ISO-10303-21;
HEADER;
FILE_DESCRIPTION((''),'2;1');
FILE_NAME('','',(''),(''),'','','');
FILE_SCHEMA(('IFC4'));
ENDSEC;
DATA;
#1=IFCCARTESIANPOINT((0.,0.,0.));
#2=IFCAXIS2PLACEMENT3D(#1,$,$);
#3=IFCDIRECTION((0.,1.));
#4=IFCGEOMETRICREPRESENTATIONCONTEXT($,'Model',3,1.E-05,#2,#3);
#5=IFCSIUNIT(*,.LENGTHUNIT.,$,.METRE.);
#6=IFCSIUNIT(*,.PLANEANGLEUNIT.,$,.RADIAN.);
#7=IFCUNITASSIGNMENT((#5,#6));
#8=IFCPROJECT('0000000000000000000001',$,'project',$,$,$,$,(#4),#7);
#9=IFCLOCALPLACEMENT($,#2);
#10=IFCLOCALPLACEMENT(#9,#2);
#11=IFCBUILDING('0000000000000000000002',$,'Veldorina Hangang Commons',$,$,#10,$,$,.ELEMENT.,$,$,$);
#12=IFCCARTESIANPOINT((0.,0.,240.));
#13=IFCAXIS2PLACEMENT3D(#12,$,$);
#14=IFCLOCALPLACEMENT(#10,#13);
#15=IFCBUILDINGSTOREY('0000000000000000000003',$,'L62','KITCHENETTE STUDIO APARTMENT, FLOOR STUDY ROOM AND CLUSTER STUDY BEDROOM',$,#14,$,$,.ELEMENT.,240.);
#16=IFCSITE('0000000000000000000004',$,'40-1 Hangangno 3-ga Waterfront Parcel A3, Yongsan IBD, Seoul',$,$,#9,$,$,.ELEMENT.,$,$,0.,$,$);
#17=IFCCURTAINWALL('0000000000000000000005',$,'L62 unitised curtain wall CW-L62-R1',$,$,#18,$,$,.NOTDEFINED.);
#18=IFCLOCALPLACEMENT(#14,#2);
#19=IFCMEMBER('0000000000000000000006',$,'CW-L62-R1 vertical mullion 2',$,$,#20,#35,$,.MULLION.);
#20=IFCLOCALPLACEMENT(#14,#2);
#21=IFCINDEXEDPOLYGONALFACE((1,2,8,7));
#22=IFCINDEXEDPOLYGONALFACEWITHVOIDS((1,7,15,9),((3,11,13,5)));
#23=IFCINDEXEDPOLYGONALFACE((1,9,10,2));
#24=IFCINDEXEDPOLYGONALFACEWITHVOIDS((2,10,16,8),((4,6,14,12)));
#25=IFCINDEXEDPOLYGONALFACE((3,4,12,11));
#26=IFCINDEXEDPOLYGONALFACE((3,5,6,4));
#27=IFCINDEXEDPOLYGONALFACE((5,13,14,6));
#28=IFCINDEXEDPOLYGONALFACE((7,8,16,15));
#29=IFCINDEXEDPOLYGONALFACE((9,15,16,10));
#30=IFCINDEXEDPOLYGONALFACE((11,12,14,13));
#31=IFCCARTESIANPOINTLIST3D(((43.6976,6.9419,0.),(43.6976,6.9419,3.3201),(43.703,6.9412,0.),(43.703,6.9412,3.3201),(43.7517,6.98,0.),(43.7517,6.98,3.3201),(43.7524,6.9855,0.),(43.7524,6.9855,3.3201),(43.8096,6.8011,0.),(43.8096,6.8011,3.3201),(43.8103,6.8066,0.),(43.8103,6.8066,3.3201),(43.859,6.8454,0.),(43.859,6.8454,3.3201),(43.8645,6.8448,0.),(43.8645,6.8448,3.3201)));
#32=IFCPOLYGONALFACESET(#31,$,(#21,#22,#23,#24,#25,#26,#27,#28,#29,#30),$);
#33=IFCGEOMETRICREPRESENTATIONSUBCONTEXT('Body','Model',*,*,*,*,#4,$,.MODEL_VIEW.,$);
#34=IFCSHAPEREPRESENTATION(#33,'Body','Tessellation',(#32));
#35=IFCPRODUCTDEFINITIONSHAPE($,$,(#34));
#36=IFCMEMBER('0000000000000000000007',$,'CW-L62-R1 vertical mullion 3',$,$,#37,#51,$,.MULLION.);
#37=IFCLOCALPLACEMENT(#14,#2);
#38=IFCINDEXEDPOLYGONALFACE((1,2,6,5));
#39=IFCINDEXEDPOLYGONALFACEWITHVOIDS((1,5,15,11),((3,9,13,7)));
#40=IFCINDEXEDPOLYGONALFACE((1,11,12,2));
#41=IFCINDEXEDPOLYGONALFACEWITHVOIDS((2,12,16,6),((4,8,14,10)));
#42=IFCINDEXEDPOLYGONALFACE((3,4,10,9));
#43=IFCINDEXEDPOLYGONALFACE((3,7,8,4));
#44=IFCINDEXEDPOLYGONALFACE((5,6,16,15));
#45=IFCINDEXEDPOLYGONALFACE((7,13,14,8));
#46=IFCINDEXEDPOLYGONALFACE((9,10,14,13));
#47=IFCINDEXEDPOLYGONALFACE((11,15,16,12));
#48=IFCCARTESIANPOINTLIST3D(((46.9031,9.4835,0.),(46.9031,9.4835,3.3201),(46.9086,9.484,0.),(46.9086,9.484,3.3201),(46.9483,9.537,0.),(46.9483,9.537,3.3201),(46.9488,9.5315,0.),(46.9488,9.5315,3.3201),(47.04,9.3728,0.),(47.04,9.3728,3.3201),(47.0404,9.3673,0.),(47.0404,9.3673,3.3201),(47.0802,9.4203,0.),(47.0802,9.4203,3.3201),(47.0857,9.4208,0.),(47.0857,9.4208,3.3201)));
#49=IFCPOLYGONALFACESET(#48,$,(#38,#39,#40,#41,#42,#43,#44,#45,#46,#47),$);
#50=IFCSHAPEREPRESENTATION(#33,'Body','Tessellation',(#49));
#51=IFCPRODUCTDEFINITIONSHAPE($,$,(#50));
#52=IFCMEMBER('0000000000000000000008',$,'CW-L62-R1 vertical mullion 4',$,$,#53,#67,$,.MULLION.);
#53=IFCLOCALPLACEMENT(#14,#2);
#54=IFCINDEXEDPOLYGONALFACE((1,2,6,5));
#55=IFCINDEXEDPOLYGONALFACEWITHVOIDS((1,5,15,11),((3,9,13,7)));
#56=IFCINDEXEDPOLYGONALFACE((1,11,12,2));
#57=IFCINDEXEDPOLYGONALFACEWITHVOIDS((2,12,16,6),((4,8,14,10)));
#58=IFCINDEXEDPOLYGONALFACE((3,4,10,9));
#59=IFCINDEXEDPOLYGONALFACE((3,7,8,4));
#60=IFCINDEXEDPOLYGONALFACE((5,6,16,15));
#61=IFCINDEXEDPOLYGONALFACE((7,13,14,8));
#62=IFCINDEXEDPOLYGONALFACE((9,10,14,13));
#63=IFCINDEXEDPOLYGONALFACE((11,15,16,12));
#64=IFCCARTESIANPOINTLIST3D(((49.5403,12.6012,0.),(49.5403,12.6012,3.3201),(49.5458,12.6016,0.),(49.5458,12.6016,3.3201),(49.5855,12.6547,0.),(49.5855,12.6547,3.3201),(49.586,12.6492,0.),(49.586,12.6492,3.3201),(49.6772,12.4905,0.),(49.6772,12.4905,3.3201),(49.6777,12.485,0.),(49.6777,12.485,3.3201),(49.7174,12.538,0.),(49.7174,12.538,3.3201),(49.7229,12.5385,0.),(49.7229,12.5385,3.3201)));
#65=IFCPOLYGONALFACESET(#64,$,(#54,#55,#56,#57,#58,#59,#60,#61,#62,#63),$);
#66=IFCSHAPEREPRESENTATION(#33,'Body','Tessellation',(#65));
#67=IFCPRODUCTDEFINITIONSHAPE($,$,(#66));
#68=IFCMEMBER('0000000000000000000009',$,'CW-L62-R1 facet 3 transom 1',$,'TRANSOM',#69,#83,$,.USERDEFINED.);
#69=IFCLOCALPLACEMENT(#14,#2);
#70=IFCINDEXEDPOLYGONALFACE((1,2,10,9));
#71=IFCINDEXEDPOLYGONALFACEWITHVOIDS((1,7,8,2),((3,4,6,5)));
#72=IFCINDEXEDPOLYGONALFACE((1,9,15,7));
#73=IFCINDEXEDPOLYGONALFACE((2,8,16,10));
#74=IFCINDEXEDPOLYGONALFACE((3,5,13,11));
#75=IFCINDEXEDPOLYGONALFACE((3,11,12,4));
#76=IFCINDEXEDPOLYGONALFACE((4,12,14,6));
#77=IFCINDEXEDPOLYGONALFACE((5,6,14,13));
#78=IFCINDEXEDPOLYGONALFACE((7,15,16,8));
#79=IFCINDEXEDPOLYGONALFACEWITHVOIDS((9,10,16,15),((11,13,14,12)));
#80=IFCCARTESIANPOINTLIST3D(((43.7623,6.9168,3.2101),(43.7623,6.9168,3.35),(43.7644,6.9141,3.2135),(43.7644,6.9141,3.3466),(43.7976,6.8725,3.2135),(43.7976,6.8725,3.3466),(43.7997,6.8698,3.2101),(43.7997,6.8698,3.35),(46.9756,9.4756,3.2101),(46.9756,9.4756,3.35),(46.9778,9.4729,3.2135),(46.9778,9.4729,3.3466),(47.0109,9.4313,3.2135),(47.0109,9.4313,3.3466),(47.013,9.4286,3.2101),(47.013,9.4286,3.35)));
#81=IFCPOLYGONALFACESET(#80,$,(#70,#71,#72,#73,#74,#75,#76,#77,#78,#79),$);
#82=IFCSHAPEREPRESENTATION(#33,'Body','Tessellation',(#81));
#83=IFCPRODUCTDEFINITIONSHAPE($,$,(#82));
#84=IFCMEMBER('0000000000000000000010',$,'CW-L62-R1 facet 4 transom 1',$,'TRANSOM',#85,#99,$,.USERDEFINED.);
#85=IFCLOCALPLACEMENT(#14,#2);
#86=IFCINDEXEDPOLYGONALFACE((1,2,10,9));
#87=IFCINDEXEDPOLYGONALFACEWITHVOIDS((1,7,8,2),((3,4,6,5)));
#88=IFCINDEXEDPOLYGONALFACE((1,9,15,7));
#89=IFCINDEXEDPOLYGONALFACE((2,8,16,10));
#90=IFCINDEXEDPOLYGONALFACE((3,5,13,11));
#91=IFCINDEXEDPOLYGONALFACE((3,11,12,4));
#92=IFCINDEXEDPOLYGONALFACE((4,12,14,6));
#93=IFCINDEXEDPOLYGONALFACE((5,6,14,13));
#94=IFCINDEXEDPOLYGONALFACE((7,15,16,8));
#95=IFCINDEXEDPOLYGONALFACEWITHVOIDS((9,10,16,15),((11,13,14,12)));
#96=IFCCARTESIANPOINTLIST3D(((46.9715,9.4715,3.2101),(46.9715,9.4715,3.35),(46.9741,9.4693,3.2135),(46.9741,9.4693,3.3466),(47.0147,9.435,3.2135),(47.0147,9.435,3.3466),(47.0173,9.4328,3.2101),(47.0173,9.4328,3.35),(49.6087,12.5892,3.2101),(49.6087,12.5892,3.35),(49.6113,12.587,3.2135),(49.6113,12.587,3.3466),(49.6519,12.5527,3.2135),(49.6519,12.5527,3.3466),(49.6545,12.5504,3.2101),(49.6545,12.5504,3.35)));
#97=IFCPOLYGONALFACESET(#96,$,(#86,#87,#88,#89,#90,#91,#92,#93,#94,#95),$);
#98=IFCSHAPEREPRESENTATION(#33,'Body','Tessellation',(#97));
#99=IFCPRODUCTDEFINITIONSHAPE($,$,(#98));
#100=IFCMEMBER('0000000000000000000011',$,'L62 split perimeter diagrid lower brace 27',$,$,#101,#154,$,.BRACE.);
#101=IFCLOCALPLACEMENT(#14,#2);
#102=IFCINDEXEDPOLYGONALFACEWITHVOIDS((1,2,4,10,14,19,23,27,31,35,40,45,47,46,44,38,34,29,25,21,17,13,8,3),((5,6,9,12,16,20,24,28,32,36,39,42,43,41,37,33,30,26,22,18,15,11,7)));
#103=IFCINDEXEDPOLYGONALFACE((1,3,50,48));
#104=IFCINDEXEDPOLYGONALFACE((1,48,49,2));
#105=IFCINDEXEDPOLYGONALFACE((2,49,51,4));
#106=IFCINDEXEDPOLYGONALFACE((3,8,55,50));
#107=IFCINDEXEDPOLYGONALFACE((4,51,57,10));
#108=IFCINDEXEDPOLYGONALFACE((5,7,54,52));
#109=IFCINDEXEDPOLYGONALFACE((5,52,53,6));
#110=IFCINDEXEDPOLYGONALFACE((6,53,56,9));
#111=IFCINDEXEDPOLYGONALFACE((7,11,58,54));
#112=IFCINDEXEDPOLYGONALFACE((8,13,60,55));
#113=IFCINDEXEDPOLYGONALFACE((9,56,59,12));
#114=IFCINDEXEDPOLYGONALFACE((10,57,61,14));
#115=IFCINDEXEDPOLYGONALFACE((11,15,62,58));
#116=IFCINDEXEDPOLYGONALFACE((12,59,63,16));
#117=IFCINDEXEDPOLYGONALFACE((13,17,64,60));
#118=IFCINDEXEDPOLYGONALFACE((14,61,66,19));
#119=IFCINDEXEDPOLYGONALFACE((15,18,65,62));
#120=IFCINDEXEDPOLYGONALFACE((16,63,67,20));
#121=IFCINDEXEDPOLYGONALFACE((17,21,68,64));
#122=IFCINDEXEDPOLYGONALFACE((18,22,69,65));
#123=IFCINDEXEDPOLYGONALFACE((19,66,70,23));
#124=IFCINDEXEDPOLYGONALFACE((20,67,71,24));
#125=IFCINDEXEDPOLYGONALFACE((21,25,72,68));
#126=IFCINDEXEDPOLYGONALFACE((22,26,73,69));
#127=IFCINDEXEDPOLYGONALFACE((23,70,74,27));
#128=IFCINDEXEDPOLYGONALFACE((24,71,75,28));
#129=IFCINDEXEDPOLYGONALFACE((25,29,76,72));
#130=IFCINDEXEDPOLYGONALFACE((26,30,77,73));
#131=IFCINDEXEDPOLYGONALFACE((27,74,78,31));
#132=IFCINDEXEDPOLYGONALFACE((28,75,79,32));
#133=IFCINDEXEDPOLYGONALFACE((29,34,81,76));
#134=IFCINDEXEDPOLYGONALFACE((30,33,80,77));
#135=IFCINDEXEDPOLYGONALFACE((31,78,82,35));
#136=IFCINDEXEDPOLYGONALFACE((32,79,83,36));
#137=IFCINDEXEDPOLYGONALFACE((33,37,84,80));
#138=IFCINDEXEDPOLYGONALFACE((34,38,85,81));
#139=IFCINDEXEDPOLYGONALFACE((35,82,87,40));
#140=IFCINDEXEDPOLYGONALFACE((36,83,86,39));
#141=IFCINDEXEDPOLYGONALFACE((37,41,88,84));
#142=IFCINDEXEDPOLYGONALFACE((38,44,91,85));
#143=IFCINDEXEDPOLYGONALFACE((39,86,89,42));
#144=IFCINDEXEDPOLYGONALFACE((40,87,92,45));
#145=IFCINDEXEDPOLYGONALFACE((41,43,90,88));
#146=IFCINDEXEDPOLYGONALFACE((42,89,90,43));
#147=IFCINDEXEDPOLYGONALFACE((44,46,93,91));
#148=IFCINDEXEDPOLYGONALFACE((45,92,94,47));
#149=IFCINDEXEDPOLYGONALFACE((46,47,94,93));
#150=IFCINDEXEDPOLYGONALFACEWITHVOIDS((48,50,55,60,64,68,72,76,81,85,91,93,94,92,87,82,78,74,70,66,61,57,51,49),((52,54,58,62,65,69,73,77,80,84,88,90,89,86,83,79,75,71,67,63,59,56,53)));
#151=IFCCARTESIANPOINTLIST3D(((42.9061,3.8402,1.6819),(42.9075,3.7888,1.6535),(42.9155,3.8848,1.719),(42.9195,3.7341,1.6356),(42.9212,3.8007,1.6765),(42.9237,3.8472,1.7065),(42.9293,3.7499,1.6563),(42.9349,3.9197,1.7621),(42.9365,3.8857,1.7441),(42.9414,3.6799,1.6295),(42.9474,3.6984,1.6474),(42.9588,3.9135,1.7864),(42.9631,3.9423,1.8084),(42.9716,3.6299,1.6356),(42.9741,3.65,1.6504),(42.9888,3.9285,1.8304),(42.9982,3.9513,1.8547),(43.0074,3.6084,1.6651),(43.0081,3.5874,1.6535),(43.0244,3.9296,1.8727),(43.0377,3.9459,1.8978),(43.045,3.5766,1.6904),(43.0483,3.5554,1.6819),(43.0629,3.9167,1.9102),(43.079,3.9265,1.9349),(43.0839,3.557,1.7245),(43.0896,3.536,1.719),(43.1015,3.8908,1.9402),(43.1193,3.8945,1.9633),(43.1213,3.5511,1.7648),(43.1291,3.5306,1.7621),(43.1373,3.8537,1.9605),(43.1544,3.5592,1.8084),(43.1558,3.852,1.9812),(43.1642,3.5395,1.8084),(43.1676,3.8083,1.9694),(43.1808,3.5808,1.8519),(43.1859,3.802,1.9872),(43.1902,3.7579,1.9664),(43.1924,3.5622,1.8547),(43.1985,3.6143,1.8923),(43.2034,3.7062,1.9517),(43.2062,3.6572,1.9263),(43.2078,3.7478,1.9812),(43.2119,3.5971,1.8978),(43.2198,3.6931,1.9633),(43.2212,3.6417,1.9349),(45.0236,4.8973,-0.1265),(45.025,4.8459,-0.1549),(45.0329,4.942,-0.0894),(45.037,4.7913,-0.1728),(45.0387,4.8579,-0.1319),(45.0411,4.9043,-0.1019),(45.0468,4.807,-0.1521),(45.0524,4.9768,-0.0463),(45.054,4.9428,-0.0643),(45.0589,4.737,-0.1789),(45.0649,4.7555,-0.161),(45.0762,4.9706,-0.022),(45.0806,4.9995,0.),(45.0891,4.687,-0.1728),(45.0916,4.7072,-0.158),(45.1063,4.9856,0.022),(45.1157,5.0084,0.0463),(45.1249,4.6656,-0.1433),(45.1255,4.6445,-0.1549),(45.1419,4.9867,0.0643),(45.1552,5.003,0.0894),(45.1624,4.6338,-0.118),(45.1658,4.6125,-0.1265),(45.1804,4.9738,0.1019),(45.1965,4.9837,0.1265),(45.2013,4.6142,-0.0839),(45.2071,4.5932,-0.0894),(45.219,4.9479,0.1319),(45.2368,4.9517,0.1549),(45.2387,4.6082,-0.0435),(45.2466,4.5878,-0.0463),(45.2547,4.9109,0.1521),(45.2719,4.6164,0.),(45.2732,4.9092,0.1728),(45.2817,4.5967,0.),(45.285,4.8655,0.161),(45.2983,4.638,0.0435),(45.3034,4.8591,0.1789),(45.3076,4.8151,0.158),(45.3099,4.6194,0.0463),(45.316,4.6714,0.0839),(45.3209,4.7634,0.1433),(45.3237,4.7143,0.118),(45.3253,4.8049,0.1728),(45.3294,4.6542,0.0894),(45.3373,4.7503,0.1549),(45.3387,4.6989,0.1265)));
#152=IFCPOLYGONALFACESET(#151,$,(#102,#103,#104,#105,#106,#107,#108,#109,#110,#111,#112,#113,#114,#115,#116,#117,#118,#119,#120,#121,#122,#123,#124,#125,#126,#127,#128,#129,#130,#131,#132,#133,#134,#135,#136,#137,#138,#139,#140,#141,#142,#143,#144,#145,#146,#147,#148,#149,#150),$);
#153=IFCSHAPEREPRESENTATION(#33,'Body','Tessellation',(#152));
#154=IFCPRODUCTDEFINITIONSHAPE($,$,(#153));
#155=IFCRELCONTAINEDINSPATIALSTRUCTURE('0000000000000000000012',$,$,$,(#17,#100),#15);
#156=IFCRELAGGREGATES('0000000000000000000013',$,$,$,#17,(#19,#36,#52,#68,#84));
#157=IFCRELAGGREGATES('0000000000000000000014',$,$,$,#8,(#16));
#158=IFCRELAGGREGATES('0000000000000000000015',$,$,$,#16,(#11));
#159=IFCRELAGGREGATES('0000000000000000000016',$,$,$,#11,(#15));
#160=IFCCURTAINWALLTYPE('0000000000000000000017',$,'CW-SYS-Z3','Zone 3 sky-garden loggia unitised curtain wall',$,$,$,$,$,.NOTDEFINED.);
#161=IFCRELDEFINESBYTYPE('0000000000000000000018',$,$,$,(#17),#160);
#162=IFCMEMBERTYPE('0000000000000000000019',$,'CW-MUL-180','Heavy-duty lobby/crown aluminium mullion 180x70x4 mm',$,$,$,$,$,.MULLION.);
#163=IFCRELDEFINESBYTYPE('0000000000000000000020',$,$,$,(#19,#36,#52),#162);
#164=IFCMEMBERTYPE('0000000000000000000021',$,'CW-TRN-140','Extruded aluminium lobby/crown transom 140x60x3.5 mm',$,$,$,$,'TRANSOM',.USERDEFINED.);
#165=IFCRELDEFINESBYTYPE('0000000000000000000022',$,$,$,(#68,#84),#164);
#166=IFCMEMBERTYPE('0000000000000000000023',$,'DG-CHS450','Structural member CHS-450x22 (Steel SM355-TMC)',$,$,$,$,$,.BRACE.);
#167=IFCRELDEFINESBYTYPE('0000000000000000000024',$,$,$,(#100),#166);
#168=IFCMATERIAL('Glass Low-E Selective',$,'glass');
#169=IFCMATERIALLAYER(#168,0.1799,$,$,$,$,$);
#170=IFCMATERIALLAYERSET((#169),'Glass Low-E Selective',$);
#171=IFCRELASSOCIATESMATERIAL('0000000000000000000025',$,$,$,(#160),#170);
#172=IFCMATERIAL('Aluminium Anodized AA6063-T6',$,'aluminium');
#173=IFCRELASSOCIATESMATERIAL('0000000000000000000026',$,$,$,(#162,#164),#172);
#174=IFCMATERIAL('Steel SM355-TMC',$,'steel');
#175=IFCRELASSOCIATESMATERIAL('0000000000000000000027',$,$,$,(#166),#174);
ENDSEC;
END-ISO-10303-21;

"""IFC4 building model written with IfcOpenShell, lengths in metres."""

from ifc_helpers import new_model, si_unit, direction, frame, origin, origin_2d, place, context, subcontext, project, spatial, hollow_rectangle, hollow_circle, extrude, material, layer, layer_set, material_profile, profile_set, type_object, element, aggregate, save


model = new_model("IFC4")

# Units and contexts
model_context = context("Model", 3, precision=1e-05, world=origin(), true_north=direction((0.0, 1.0)))
body_context = subcontext(model_context, "Body", "Model", "MODEL_VIEW")
ifc_project = project(units=[si_unit("LENGTHUNIT", "METRE"), si_unit("PLANEANGLEUNIT", "RADIAN")], contexts=[model_context])

# Site, building, storey
site_placement = place(None, origin())
site = spatial("IfcSite", under=ifc_project, at=site_placement, Name="40-1 Hangangno 3-ga Waterfront Parcel A3, Yongsan IBD, Seoul", CompositionType="ELEMENT", RefElevation=0.0)
building_placement = place(site_placement, origin())
building = spatial("IfcBuilding", under=site, at=building_placement, Name="Veldorina Hangang Commons", CompositionType="ELEMENT")
storey_placement = place(building_placement, frame((0.0, 0.0, 240.0)))
storey = spatial("IfcBuildingStorey", under=building, at=storey_placement, Name="L62", Description="KITCHENETTE STUDIO APARTMENT, FLOOR STUDY ROOM AND CLUSTER STUDY BEDROOM", CompositionType="ELEMENT", Elevation=240.0)

# Shared definitions
ifc_material_1 = material(Name="Steel SM355-TMC", Category="steel")

# Curtain wall, members
ifc_material_2 = material(Name="Glass Low-E Selective", Category="glass")
ifc_layer_1 = layer(ifc_material_2, 0.1799)
ifc_layer_set_1 = layer_set([ifc_layer_1], Name="Glass Low-E Selective")
curtain_wall_type = type_object("IfcCurtainWallType", Name="CW-SYS-Z3", Description="Zone 3 sky-garden loggia unitised curtain wall", PredefinedType="NOTDEFINED", material=ifc_layer_set_1)
curtain_wall_placement = place(storey_placement, origin())
curtain_wall = element("IfcCurtainWall", 1, at=curtain_wall_placement, inside=storey, type_object=curtain_wall_type, Name="L62 unitised curtain wall CW-L62-R1", PredefinedType="NOTDEFINED")
ifc_material_3 = material(Name="Aluminium Anodized AA6063-T6", Category="aluminium")
ifc_material_profile_1 = material_profile(ifc_material_3, hollow_rectangle(XDim=0.0701, YDim=0.1799, WallThickness=0.0039, at=origin_2d()), Name="ALU-RHS-180x70x4")
ifc_profile_set_1 = profile_set([ifc_material_profile_1], Name="Aluminium Anodized AA6063-T6")
member_type_1 = type_object("IfcMemberType", Name="CW-MUL-180", Description="Heavy-duty lobby/crown aluminium mullion 180x70x4 mm", PredefinedType="MULLION", material=ifc_profile_set_1)
member_1_placement = place(storey_placement, frame((43.781, 6.8933, 0.0), z_axis=(0.0, 0.0, 1.0), x_axis=(0.782293, 0.622911, 0.0)))
member_1 = element("IfcMember", 2, at=member_1_placement, type_object=member_type_1, Name="CW-L62-R1 vertical mullion 2", PredefinedType="MULLION", context=body_context, shape_type="SweptSolid", body=[
    extrude(hollow_rectangle(XDim=0.0701, YDim=0.1799, WallThickness=0.0039, at=origin_2d()), origin(), (0.0, 0.0, 1.0), 3.3201),
])
member_2_placement = place(storey_placement, frame((46.9944, 9.4521, 0.0), z_axis=(0.0, 0.0, 1.0), x_axis=(0.645804, 0.763503, 0.0)))
member_2 = element("IfcMember", 3, at=member_2_placement, type_object=member_type_1, Name="CW-L62-R1 vertical mullion 3", PredefinedType="MULLION", context=body_context, shape_type="SweptSolid", body=[
    extrude(hollow_rectangle(XDim=0.0701, YDim=0.1799, WallThickness=0.0039, at=origin_2d()), origin(), (0.0, 0.0, 1.0), 3.3201),
])
member_3_placement = place(storey_placement, frame((49.6316, 12.5698, 0.0), z_axis=(0.0, 0.0, 1.0), x_axis=(-0.645804, -0.763503, 0.0)))
member_3 = element("IfcMember", 4, at=member_3_placement, type_object=member_type_1, Name="CW-L62-R1 vertical mullion 4", PredefinedType="MULLION", context=body_context, shape_type="SweptSolid", body=[
    extrude(hollow_rectangle(XDim=0.0701, YDim=0.1799, WallThickness=0.0039, at=origin_2d()), origin(), (0.0, 0.0, 1.0), 3.3201),
])
ifc_material_profile_2 = material_profile(ifc_material_3, hollow_rectangle(XDim=0.0601, YDim=0.1399, WallThickness=0.0034, at=origin_2d()), Name="ALU-RHS-140x60x3.5")
ifc_profile_set_2 = profile_set([ifc_material_profile_2], Name="Aluminium Anodized AA6063-T6")
member_type_2 = type_object("IfcMemberType", Name="CW-TRN-140", Description="Extruded aluminium lobby/crown transom 140x60x3.5 mm", ElementType="TRANSOM", PredefinedType="USERDEFINED", material=ifc_profile_set_2)
member_4_placement = place(storey_placement, frame((43.781, 6.8933, 3.28), z_axis=(0.782276, 0.622932, 0.0), x_axis=(-0.622932, 0.782276, 0.0)))
member_4 = element("IfcMember", 5, at=member_4_placement, type_object=member_type_2, Name="CW-L62-R1 facet 3 transom 1", ObjectType="TRANSOM", PredefinedType="USERDEFINED", context=body_context, shape_type="SweptSolid", body=[
    extrude(hollow_rectangle(XDim=0.0601, YDim=0.1399, WallThickness=0.0034, at=origin_2d()), origin(), (0.0, 0.0, 1.0), 4.1077),
])
member_5_placement = place(storey_placement, frame((46.9944, 9.4521, 3.28), z_axis=(0.645824, 0.763486, 0.0), x_axis=(-0.763486, 0.645824, 0.0)))
member_5 = element("IfcMember", 6, at=member_5_placement, type_object=member_type_2, Name="CW-L62-R1 facet 4 transom 1", ObjectType="TRANSOM", PredefinedType="USERDEFINED", context=body_context, shape_type="SweptSolid", body=[
    extrude(hollow_rectangle(XDim=0.0601, YDim=0.1399, WallThickness=0.0034, at=origin_2d()), origin(), (0.0, 0.0, 1.0), 4.0835),
])

# Member
ifc_material_profile_3 = material_profile(ifc_material_1, hollow_circle(Radius=0.2251, WallThickness=0.022, at=origin_2d()), Name="CHS-450x22")
ifc_profile_set_3 = profile_set([ifc_material_profile_3], Name="Steel SM355-TMC")
member_type_3 = type_object("IfcMemberType", Name="DG-CHS450", Description="Structural member CHS-450x22 (Steel SM355-TMC)", PredefinedType="BRACE", material=ifc_profile_set_3)
member_6_placement = place(storey_placement, frame((45.1812, 4.7981, 0.0), z_axis=(-0.710917, -0.354926, 0.607144), x_axis=(0.446677, -0.894695, 0.0)))
element("IfcMember", 7, at=member_6_placement, inside=storey, type_object=member_type_3, Name="L62 split perimeter diagrid lower brace 27", PredefinedType="BRACE", context=body_context, shape_type="SweptSolid", body=[
    extrude(hollow_circle(Radius=0.2251, WallThickness=0.022, at=origin_2d()), origin(), (0.0, 0.0, 1.0), 2.9785),
])

aggregate(curtain_wall, [member_1, member_2, member_3, member_4, member_5])

save(model, "model.ifc")
